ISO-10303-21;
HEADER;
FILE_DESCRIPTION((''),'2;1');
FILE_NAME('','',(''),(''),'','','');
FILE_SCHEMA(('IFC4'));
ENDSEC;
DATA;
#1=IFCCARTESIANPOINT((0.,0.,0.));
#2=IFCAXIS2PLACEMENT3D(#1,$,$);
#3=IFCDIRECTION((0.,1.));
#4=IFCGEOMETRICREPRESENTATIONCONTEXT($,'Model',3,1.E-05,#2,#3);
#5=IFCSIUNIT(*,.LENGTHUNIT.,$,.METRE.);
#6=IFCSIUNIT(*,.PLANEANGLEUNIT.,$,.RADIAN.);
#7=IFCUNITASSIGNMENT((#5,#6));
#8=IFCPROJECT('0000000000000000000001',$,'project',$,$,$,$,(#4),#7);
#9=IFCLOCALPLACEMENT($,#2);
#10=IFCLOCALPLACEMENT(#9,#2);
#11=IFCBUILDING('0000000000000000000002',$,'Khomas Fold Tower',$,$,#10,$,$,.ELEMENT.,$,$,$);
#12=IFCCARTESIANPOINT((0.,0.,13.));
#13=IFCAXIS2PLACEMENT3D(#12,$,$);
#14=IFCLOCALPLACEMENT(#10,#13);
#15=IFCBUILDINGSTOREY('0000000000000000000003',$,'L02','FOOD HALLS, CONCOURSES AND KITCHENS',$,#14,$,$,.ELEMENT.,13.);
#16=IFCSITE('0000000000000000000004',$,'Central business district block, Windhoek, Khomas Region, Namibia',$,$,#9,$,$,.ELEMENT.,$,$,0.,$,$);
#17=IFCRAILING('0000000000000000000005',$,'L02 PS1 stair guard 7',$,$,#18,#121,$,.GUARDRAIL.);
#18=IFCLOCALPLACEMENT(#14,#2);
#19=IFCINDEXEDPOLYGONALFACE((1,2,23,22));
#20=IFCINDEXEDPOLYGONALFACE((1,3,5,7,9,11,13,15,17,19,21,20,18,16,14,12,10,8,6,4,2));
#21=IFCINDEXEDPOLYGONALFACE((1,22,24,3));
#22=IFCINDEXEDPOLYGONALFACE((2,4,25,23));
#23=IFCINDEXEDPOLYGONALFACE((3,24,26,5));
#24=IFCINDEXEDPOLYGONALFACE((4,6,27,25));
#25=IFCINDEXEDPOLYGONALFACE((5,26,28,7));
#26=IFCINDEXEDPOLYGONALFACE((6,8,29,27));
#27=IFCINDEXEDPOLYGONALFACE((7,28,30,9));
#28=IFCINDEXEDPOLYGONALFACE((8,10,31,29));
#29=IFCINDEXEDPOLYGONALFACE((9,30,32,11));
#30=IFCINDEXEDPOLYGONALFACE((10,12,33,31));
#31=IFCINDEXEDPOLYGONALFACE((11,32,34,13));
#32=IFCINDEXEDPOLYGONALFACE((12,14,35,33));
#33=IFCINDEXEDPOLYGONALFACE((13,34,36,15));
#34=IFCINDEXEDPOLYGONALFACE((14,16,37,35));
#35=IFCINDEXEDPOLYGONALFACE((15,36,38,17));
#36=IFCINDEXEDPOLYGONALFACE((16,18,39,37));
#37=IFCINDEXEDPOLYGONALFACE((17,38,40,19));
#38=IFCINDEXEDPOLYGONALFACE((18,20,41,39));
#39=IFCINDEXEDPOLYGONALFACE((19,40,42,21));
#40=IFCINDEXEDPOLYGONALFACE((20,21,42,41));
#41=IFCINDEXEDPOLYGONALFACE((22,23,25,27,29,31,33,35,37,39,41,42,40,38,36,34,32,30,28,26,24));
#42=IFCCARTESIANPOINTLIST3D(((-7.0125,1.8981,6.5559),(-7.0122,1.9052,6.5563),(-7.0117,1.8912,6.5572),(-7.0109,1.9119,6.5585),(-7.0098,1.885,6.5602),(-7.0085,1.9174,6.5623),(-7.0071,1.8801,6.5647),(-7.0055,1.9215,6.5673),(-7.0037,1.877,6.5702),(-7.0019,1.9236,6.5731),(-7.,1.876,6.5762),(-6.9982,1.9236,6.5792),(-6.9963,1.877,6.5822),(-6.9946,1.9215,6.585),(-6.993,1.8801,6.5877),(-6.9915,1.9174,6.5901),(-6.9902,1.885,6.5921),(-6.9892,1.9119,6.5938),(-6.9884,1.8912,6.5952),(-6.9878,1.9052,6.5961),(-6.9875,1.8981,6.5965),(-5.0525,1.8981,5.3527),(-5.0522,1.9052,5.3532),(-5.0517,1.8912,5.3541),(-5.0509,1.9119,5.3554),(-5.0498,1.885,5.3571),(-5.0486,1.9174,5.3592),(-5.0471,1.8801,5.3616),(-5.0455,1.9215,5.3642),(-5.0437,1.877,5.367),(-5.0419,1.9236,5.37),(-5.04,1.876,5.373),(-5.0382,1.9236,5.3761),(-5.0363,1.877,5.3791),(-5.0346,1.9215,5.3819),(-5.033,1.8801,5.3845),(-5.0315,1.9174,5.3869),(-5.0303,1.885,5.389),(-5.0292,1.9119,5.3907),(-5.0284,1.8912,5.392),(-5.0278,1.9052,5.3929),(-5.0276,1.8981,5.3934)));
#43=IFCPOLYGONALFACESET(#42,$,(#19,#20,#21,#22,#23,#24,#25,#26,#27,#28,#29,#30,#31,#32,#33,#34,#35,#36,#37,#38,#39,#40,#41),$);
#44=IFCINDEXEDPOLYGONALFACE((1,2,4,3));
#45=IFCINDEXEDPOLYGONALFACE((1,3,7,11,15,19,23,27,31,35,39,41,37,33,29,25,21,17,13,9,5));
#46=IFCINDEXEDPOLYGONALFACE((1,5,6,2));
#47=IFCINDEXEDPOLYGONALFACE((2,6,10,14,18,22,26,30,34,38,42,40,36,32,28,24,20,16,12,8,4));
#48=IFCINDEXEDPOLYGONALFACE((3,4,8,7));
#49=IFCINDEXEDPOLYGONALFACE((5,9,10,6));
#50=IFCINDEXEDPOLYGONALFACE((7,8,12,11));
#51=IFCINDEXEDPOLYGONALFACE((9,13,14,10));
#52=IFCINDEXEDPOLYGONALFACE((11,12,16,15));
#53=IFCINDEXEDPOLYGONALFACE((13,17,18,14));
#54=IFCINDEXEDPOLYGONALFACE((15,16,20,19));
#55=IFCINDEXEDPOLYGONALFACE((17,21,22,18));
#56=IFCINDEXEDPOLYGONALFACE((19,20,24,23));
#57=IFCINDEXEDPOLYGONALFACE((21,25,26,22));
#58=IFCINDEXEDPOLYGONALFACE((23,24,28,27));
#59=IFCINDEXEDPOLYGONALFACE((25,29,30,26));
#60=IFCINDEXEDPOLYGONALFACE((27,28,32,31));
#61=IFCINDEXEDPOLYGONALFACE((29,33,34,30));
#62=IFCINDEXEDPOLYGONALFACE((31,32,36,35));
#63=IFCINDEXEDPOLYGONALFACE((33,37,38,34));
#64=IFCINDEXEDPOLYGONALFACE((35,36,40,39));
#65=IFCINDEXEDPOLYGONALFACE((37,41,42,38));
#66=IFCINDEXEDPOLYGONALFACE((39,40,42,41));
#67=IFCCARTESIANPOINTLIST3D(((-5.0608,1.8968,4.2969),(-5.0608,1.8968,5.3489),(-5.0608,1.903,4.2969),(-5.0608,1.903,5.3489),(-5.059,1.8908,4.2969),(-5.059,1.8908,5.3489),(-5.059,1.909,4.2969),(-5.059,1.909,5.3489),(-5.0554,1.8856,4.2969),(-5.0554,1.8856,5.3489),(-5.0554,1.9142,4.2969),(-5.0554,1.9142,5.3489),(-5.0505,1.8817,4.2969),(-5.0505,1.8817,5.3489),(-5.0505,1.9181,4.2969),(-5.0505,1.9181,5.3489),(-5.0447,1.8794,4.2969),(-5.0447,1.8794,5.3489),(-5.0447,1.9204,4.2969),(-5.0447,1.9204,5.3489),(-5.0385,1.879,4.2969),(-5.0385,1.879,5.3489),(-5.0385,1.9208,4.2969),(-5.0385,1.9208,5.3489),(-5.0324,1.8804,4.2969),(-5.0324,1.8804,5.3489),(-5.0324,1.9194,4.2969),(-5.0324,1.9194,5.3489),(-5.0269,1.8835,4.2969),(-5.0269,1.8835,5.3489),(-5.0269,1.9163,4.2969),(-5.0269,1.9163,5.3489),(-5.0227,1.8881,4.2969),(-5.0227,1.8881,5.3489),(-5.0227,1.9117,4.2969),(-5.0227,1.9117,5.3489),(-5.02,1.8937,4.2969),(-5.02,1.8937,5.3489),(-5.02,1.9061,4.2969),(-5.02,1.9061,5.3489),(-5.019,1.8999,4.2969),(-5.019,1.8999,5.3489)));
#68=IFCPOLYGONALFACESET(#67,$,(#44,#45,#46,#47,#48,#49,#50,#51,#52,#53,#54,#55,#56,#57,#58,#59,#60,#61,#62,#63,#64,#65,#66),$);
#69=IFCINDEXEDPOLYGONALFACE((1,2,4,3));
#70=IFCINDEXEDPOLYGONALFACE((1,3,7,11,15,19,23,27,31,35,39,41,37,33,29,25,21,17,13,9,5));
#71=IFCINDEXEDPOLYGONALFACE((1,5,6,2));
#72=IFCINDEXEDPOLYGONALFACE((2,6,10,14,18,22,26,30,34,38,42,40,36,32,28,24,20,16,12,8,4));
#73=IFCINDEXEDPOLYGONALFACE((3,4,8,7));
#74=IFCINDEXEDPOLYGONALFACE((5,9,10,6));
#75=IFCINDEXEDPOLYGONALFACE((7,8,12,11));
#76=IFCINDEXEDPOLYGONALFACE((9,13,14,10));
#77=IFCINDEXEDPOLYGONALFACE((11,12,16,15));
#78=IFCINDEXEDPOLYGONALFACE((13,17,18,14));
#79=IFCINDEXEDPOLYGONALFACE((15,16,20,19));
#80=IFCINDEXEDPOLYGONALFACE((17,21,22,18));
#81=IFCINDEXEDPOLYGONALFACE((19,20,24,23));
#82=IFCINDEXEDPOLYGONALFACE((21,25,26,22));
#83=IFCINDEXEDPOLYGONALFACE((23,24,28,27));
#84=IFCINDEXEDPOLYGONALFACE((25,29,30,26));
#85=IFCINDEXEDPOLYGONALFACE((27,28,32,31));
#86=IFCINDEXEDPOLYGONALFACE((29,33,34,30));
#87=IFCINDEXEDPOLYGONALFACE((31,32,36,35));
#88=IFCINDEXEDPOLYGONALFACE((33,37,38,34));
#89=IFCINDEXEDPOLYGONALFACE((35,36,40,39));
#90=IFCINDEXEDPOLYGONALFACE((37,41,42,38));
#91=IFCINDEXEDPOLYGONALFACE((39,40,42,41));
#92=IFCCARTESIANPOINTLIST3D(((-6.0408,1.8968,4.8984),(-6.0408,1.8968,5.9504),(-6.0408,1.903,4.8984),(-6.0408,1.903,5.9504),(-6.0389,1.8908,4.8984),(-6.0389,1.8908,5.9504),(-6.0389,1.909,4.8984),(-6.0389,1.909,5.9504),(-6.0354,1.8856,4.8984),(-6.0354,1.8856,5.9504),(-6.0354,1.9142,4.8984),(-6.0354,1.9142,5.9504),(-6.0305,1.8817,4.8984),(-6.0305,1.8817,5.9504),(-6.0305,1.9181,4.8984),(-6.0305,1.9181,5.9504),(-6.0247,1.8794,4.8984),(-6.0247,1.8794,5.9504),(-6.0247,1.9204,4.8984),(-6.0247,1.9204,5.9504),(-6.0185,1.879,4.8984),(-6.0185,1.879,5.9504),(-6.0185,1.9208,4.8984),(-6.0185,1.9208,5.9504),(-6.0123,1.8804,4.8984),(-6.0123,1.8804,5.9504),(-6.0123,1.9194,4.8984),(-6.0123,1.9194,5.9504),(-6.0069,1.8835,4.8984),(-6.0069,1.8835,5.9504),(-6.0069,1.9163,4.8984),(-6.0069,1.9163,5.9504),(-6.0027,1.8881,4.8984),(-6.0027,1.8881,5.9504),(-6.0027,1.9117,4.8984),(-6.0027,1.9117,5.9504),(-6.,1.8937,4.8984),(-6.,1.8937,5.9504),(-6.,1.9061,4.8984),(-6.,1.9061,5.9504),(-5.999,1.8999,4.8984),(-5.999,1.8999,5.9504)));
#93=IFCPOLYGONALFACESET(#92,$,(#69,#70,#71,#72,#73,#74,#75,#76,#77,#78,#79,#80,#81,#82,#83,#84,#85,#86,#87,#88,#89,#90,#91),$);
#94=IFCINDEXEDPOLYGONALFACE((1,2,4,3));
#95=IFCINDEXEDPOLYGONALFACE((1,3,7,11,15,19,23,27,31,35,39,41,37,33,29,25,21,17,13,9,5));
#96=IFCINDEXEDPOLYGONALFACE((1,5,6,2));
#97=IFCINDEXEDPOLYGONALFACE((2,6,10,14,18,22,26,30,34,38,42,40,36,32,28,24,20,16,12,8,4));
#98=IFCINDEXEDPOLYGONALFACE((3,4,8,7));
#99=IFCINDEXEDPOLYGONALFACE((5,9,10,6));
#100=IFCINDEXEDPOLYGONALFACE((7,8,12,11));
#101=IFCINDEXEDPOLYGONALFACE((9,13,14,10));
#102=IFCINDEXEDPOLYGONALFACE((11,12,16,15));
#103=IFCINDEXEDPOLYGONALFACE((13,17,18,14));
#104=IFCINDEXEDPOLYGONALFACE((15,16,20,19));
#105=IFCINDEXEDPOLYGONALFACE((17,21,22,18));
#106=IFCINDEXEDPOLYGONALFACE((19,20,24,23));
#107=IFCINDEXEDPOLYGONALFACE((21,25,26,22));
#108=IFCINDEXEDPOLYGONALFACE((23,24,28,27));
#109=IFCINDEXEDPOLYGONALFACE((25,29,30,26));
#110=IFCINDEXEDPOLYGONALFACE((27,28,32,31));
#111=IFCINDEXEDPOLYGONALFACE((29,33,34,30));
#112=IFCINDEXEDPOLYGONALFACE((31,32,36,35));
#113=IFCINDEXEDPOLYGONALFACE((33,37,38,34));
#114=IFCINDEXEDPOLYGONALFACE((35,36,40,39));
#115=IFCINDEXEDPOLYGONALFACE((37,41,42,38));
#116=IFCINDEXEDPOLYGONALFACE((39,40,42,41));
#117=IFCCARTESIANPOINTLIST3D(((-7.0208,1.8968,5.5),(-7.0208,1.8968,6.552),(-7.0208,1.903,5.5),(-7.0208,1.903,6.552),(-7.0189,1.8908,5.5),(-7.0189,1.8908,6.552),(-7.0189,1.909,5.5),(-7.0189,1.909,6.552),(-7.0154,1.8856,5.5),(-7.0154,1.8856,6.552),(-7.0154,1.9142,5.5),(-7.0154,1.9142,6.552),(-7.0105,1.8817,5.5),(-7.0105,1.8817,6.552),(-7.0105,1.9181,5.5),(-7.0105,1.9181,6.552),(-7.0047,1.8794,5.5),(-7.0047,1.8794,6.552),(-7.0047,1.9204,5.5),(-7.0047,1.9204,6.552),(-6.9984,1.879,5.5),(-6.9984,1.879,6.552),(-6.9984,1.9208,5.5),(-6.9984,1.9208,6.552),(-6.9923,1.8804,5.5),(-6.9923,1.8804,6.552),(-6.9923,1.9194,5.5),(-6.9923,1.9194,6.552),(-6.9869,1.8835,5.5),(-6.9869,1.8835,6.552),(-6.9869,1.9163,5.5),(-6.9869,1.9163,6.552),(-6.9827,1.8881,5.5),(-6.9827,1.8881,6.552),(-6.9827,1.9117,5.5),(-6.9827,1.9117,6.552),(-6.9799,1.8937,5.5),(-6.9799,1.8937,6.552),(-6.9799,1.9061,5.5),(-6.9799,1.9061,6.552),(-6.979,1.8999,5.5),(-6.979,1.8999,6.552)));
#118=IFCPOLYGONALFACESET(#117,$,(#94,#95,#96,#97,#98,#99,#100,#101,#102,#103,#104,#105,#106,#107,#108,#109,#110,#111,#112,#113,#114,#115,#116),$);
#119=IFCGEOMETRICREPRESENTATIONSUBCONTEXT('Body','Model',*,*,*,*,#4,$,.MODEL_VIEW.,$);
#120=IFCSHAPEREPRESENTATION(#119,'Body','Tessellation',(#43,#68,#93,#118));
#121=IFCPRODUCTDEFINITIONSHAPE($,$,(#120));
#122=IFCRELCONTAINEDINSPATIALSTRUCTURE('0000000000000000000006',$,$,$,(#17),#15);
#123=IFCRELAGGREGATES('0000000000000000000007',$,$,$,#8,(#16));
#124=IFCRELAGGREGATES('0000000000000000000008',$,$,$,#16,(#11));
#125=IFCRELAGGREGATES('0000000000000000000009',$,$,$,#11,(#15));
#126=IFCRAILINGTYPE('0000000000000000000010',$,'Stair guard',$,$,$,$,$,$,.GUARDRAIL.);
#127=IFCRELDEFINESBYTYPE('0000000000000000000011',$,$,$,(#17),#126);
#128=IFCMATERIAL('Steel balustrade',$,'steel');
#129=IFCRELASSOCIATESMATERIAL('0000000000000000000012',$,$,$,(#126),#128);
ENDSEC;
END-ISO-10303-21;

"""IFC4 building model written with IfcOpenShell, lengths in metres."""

from ifc_helpers import new_model, si_unit, direction, frame, origin, origin_2d, place, context, subcontext, project, spatial, circle, extrude, source, transform, mapped, material, type_object, element, save


model = new_model("IFC4")

# Units and contexts
model_context = context("Model", 3, precision=1e-05, world=origin(), true_north=direction((0.0, 1.0)))
body_context = subcontext(model_context, "Body", "Model", "MODEL_VIEW")
ifc_project = project(units=[si_unit("LENGTHUNIT", "METRE"), si_unit("PLANEANGLEUNIT", "RADIAN")], contexts=[model_context])

# Site, building, storey
site_placement = place(None, origin())
site = spatial("IfcSite", under=ifc_project, at=site_placement, Name="Central business district block, Windhoek, Khomas Region, Namibia", CompositionType="ELEMENT", RefElevation=0.0)
building_placement = place(site_placement, origin())
building = spatial("IfcBuilding", under=site, at=building_placement, Name="Khomas Fold Tower", CompositionType="ELEMENT")
storey_placement = place(building_placement, frame((0.0, 0.0, 13.0)))
storey = spatial("IfcBuildingStorey", under=building, at=storey_placement, Name="L02", Description="FOOD HALLS, CONCOURSES AND KITCHENS", CompositionType="ELEMENT", Elevation=13.0)

# Railing
ifc_material_1 = material(Name="Steel balustrade", Category="steel")
railing_type_1 = type_object("IfcRailingType", Name="Stair guard", PredefinedType="GUARDRAIL", material=ifc_material_1)
shared_shape_1 = source(origin(), body_context, "Body", "SweptSolid", [
    extrude(circle(Radius=0.0239, at=origin_2d()), frame((0.0, 0.0, 1.0762), z_axis=(-0.852241, 0.0, 0.523149), x_axis=(0.0, -1.0, 0.0)), (0.0, 0.0, 1.0), 2.2998),
    extrude(circle(Radius=0.021, at=origin_2d()), origin(), (0.0, 0.0, 1.0), 1.052),
    extrude(circle(Radius=0.021, at=origin_2d()), frame((-0.98, 0.0, 0.6016)), (0.0, 0.0, 1.0), 1.052),
    extrude(circle(Radius=0.021, at=origin_2d()), frame((-1.96, 0.0, 1.2031)), (0.0, 0.0, 1.0), 1.052),
])
for number, where, name in (
    (1, (-5.04, 1.8999, 4.2969), "L02 PS1 stair guard 7"),
):
    element("IfcRailing", number, at=place(storey_placement, frame(where)), inside=storey, type_object=railing_type_1, Name=name, PredefinedType="GUARDRAIL", context=body_context, shape_type="MappedRepresentation", body=[
        mapped(shared_shape_1, transform((0.0, 0.0, 0.0))),
    ])

save(model, "model.ifc")
